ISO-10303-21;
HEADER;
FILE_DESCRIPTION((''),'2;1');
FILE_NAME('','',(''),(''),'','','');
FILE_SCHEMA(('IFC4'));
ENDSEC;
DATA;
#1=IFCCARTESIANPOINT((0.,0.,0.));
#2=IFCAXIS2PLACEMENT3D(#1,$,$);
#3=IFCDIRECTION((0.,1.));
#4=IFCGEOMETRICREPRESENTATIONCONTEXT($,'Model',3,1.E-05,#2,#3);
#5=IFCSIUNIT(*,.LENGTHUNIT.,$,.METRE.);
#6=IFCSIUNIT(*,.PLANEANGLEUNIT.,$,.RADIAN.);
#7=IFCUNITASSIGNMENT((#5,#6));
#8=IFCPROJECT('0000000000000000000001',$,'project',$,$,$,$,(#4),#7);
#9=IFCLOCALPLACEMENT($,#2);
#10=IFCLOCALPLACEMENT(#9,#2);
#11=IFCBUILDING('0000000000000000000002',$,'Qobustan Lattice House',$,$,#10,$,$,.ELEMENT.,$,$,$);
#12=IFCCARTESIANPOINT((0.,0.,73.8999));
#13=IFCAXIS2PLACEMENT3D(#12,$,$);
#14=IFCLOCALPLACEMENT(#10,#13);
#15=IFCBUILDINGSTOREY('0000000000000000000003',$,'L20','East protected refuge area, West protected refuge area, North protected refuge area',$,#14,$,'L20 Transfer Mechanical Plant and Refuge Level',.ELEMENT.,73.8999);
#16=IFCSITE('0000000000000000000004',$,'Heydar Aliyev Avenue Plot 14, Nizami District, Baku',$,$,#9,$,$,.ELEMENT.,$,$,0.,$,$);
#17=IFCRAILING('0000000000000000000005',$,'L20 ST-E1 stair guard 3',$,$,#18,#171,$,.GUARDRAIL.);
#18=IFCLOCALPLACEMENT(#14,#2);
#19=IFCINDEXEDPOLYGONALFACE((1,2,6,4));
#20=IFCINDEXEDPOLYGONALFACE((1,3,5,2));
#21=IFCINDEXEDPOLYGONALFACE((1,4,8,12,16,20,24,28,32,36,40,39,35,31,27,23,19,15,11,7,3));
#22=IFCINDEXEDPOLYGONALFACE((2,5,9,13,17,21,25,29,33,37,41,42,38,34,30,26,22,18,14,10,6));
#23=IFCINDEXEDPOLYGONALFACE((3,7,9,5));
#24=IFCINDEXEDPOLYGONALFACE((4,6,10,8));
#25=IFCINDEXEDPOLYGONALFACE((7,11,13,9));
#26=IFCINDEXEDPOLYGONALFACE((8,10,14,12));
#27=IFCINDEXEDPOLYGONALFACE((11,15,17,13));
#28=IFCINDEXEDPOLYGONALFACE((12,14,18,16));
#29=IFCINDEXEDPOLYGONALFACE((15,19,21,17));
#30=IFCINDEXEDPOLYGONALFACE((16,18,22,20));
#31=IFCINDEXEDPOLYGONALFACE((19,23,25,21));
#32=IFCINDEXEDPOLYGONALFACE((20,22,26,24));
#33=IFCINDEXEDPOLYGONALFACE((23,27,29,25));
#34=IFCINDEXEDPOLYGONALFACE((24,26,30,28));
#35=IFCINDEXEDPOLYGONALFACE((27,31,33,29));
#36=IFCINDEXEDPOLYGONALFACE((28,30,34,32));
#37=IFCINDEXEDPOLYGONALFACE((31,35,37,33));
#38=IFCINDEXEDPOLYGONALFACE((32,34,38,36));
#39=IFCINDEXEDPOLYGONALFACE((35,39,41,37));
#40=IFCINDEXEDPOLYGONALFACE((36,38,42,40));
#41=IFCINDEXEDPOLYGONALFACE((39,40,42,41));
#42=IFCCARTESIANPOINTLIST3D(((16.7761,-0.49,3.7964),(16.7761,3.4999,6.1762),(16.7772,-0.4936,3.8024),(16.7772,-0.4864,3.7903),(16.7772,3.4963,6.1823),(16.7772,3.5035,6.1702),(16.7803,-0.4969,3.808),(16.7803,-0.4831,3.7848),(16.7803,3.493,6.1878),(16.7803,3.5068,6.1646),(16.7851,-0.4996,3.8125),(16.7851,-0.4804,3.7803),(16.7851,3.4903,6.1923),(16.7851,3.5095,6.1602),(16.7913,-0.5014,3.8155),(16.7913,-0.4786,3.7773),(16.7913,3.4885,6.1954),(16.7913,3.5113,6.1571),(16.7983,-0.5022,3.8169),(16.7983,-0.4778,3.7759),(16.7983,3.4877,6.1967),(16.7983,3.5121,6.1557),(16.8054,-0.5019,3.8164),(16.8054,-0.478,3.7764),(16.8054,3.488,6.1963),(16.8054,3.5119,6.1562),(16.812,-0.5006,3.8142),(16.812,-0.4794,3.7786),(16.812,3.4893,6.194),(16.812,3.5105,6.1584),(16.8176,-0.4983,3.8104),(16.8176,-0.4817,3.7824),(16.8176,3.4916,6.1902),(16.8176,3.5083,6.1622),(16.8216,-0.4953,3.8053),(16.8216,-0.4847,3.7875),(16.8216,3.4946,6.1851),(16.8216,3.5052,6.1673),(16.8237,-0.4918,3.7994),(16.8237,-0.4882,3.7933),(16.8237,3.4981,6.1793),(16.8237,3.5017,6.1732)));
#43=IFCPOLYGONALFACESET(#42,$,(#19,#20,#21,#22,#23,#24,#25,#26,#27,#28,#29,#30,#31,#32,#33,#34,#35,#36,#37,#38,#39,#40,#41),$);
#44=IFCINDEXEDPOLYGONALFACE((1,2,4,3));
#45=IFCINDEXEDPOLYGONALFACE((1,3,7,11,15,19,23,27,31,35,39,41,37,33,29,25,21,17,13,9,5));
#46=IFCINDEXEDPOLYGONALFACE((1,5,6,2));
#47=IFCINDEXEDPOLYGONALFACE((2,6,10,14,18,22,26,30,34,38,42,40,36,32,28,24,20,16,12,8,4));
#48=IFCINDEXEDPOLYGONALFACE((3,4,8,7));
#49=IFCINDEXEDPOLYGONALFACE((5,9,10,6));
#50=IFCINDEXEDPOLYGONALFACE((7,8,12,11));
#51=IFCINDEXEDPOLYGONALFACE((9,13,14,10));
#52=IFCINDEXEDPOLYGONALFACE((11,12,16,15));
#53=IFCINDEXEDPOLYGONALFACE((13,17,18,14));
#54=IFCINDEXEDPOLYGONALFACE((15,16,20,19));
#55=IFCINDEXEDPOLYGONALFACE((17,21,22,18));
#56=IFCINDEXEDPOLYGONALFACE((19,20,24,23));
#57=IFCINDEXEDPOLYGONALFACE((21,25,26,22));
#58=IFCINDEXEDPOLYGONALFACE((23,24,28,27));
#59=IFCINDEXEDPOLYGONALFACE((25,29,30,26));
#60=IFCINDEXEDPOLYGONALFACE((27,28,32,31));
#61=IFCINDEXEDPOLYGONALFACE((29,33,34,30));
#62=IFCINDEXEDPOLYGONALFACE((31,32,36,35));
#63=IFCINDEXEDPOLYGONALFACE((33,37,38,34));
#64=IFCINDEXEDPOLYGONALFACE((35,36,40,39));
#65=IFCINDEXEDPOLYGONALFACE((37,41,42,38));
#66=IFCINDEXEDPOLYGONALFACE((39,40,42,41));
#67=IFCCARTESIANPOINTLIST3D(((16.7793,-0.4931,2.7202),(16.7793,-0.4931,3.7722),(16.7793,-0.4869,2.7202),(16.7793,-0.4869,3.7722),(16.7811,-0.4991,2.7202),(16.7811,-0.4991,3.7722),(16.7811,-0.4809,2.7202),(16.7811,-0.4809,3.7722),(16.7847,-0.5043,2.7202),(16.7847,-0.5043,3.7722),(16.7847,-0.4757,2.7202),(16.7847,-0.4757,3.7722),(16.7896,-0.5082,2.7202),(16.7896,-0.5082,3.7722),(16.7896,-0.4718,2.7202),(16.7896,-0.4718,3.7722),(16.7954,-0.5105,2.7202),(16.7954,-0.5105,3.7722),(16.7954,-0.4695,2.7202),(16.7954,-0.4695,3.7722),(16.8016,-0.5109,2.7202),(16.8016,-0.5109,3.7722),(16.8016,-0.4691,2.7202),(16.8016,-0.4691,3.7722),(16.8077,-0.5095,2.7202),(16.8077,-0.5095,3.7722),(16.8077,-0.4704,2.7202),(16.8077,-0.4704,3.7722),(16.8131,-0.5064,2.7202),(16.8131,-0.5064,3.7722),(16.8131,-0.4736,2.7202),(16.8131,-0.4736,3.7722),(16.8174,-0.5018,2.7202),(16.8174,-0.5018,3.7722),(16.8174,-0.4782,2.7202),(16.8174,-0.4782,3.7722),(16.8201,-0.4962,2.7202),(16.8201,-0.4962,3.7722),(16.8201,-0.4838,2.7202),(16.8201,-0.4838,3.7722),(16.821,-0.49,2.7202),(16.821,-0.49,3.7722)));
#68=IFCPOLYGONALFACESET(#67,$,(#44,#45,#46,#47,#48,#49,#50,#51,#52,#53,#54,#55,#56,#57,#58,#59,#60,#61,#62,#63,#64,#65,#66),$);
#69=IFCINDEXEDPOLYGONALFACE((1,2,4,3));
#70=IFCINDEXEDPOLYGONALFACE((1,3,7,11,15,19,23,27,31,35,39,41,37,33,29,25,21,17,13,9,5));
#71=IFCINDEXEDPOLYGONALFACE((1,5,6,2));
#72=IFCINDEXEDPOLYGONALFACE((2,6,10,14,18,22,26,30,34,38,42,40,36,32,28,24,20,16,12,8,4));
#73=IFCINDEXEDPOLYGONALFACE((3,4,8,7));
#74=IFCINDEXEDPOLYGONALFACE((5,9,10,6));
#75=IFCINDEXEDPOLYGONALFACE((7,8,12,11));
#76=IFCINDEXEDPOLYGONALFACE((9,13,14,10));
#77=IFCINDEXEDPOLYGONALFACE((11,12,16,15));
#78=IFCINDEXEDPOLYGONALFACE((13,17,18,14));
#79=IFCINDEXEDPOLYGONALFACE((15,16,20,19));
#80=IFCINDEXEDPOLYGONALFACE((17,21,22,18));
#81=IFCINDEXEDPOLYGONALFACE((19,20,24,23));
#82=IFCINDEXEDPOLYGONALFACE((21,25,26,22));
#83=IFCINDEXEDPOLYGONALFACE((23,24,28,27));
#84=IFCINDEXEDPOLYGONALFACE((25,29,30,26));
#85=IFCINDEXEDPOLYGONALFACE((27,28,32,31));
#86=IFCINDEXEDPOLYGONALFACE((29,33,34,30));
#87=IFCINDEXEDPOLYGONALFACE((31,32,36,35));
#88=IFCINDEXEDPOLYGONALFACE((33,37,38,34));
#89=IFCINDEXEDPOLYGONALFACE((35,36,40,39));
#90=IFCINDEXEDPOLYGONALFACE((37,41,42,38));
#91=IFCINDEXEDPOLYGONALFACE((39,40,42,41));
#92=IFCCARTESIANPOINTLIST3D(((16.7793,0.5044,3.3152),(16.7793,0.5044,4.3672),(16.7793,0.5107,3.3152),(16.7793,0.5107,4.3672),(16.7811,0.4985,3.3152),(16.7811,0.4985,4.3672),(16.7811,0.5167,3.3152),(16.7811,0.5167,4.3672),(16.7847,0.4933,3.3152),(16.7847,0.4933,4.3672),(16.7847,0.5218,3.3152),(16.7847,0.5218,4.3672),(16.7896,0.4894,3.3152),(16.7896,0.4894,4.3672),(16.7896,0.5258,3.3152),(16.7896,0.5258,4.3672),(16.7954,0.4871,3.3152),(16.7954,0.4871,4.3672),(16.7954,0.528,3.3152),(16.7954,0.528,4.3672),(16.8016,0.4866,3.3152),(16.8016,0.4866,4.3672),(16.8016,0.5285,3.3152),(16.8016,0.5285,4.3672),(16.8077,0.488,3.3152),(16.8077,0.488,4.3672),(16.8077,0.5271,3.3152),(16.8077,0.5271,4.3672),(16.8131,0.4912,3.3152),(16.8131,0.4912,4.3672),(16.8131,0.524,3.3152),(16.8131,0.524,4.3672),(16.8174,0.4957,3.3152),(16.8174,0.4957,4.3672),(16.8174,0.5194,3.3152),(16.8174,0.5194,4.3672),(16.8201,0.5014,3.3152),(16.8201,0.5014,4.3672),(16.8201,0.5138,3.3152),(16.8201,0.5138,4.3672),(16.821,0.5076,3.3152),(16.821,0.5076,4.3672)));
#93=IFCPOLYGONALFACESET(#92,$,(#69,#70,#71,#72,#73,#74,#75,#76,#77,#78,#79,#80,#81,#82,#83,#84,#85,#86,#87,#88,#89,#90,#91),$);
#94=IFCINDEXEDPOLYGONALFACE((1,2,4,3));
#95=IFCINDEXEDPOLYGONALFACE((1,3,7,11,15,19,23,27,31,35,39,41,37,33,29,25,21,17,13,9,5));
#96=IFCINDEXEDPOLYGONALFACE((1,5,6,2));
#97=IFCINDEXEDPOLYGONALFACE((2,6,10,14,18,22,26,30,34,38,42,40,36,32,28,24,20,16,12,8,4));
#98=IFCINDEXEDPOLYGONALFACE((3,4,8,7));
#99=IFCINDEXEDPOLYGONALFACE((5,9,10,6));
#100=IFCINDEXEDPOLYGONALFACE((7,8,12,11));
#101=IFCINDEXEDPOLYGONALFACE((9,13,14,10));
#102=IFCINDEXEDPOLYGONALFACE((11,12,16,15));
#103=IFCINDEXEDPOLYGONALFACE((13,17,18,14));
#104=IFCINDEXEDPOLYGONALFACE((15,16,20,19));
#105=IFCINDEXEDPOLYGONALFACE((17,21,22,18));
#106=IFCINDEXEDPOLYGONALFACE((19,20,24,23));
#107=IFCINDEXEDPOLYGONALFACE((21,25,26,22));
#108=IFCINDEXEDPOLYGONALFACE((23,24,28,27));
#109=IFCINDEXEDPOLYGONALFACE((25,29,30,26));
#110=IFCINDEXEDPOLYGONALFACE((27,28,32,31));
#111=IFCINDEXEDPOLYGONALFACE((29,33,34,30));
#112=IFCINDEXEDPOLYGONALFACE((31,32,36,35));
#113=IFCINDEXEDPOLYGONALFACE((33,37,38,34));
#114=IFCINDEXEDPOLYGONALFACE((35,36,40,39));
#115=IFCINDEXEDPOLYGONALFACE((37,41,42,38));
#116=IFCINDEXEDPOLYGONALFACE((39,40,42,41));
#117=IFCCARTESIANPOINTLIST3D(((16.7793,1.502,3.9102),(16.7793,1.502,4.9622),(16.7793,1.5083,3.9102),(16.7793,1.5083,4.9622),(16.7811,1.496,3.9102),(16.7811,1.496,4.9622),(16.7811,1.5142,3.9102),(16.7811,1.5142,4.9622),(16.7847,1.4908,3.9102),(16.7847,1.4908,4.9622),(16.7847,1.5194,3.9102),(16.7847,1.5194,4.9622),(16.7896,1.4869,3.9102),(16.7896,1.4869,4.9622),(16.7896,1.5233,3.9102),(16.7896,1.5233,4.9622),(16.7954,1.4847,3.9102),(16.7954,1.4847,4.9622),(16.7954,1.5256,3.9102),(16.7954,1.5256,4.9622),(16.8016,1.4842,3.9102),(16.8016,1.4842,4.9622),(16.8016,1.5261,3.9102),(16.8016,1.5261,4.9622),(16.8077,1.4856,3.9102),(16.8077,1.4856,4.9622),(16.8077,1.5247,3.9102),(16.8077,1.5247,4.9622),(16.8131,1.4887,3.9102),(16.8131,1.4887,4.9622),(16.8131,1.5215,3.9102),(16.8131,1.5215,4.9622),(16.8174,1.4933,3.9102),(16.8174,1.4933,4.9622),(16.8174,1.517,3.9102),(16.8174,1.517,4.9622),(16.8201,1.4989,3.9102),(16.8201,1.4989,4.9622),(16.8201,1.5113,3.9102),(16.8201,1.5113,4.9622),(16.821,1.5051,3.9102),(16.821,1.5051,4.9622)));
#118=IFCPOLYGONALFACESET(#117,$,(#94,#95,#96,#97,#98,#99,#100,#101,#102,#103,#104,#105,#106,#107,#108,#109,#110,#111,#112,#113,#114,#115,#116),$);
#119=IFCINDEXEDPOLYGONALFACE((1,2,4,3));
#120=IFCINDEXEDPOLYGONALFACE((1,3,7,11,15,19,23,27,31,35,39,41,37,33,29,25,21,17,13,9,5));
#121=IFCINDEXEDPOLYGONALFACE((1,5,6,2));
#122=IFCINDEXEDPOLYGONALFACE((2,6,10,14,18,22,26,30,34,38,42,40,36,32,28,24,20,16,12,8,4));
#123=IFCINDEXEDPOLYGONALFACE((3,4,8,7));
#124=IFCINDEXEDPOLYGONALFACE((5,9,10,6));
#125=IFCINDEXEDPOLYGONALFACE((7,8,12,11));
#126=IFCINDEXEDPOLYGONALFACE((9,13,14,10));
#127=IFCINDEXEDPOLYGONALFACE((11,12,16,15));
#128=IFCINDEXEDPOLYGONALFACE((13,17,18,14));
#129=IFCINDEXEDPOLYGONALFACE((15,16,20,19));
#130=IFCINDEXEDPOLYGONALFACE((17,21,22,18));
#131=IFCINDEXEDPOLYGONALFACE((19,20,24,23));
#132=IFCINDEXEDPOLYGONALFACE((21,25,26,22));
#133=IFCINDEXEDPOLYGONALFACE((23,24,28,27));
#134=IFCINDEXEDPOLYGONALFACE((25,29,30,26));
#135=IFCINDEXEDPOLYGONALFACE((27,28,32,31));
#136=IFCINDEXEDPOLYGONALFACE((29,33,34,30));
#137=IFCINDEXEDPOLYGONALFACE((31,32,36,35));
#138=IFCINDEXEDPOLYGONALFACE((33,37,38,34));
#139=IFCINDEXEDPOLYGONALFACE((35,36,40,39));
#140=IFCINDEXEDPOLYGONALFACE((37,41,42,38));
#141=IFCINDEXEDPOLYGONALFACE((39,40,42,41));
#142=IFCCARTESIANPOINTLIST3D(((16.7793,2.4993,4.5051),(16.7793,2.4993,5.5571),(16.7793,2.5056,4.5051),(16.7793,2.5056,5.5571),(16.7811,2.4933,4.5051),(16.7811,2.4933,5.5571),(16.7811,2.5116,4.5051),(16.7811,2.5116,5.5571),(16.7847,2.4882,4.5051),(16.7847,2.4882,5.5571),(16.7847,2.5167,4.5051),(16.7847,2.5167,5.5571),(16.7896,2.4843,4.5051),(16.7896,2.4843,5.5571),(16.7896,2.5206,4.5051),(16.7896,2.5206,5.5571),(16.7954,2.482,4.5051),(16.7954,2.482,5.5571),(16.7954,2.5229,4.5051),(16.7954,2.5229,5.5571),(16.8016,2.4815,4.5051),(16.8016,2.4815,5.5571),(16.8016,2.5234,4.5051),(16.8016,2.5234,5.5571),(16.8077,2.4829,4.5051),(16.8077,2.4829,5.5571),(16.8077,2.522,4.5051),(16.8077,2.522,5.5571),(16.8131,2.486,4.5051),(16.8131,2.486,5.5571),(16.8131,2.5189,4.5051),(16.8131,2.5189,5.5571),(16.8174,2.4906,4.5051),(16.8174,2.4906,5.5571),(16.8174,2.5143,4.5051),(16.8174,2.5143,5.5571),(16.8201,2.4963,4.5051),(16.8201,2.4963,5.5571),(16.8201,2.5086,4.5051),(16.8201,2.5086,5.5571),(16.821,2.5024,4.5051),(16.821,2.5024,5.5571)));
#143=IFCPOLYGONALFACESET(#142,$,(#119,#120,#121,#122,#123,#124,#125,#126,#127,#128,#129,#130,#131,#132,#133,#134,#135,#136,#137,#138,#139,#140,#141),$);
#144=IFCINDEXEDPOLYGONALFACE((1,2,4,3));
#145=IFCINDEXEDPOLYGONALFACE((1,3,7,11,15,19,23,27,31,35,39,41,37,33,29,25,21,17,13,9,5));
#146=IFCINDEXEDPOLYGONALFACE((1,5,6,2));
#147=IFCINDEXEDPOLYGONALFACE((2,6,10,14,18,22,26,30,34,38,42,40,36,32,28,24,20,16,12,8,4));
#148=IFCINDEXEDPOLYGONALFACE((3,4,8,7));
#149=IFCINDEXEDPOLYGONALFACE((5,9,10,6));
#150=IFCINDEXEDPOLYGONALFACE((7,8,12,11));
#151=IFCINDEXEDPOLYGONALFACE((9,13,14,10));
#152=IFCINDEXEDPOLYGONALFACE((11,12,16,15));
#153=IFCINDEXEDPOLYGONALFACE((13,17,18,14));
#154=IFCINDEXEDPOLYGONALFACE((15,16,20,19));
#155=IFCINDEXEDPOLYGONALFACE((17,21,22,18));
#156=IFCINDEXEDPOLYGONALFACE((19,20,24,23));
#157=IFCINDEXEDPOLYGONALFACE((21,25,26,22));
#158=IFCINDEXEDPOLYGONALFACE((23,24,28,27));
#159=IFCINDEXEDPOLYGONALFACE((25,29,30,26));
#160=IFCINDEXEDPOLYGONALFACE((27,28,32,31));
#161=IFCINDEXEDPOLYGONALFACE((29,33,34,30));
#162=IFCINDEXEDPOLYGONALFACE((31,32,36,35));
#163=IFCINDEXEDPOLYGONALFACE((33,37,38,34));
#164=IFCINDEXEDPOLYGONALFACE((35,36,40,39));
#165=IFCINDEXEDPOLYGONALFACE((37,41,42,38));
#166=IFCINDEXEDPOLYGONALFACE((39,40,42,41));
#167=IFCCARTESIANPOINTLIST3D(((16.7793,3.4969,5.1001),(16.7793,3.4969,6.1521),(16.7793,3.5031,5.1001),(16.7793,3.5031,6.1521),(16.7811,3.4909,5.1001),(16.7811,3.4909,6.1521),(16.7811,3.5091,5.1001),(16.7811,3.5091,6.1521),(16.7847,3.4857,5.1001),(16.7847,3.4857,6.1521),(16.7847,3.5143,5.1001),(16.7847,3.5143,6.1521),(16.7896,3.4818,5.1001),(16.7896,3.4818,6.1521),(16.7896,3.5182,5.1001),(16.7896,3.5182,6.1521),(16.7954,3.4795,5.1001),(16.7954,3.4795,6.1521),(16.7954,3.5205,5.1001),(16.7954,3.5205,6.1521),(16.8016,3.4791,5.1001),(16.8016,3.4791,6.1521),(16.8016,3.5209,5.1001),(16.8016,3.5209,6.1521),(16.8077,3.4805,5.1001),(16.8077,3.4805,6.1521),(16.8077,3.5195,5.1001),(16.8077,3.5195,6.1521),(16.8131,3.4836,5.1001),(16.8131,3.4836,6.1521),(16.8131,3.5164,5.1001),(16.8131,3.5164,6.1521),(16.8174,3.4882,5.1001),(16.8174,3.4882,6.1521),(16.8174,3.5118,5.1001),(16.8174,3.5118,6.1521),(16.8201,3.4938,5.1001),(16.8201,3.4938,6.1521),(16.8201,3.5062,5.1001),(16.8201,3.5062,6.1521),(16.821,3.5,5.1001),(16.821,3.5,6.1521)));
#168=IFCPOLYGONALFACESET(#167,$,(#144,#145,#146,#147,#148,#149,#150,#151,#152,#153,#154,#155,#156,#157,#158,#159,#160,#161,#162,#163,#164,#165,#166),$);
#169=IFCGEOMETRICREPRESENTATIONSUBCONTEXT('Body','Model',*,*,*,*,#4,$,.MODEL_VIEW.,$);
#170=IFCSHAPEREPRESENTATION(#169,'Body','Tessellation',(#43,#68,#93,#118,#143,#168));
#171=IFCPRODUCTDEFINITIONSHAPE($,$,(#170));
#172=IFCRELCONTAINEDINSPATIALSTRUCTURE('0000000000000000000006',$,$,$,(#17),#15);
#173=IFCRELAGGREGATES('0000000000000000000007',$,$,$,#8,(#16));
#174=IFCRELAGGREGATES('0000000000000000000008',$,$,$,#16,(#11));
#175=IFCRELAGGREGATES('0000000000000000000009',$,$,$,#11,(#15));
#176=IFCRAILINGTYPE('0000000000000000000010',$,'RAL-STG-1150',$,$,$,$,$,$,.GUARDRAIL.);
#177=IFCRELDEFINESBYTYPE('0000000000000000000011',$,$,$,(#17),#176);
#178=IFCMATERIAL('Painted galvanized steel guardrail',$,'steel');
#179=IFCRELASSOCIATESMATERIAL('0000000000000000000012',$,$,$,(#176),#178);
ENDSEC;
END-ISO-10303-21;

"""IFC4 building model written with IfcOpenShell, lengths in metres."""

from ifc_helpers import new_model, si_unit, direction, frame, origin, origin_2d, place, context, subcontext, project, spatial, circle, extrude, material, type_object, element, save


model = new_model("IFC4")

# Units and contexts
model_context = context("Model", 3, precision=1e-05, world=origin(), true_north=direction((0.0, 1.0)))
body_context = subcontext(model_context, "Body", "Model", "MODEL_VIEW")
ifc_project = project(units=[si_unit("LENGTHUNIT", "METRE"), si_unit("PLANEANGLEUNIT", "RADIAN")], contexts=[model_context])

# Site, building, storey
site_placement = place(None, origin())
site = spatial("IfcSite", under=ifc_project, at=site_placement, Name="Heydar Aliyev Avenue Plot 14, Nizami District, Baku", CompositionType="ELEMENT", RefElevation=0.0)
building_placement = place(site_placement, origin())
building = spatial("IfcBuilding", under=site, at=building_placement, Name="Qobustan Lattice House", CompositionType="ELEMENT")
storey_placement = place(building_placement, frame((0.0, 0.0, 73.8999)))
storey = spatial("IfcBuildingStorey", under=building, at=storey_placement, Name="L20", Description="East protected refuge area, West protected refuge area, North protected refuge area", LongName="L20 Transfer Mechanical Plant and Refuge Level", CompositionType="ELEMENT", Elevation=73.8999)

# Railing
ifc_material_1 = material(Name="Painted galvanized steel guardrail", Category="steel")
railing_type_1 = type_object("IfcRailingType", Name="RAL-STG-1150", PredefinedType="GUARDRAIL", material=ifc_material_1)
railing_1_placement = place(storey_placement, frame((16.8, -0.49, 2.7202)))
element("IfcRailing", 1, at=railing_1_placement, inside=storey, type_object=railing_type_1, Name="L20 ST-E1 stair guard 3", PredefinedType="GUARDRAIL", context=body_context, shape_type="SweptSolid", body=[
    extrude(circle(Radius=0.0239, at=origin_2d()), frame((0.0, 0.0, 1.0762), z_axis=(0.0, 0.85883, 0.512261), x_axis=(-1.0, 0.0, 0.0)), (0.0, 0.0, 1.0), 4.6458),
    extrude(circle(Radius=0.021, at=origin_2d()), origin(), (0.0, 0.0, 1.0), 1.052),
    extrude(circle(Radius=0.021, at=origin_2d()), frame((0.0, 0.9976, 0.595)), (0.0, 0.0, 1.0), 1.052),
    extrude(circle(Radius=0.021, at=origin_2d()), frame((0.0, 1.9951, 1.1899)), (0.0, 0.0, 1.0), 1.052),
    extrude(circle(Radius=0.021, at=origin_2d()), frame((0.0, 2.9924, 1.7849)), (0.0, 0.0, 1.0), 1.052),
    extrude(circle(Radius=0.021, at=origin_2d()), frame((0.0, 3.99, 2.3799)), (0.0, 0.0, 1.0), 1.052),
])

save(model, "model.ifc")
